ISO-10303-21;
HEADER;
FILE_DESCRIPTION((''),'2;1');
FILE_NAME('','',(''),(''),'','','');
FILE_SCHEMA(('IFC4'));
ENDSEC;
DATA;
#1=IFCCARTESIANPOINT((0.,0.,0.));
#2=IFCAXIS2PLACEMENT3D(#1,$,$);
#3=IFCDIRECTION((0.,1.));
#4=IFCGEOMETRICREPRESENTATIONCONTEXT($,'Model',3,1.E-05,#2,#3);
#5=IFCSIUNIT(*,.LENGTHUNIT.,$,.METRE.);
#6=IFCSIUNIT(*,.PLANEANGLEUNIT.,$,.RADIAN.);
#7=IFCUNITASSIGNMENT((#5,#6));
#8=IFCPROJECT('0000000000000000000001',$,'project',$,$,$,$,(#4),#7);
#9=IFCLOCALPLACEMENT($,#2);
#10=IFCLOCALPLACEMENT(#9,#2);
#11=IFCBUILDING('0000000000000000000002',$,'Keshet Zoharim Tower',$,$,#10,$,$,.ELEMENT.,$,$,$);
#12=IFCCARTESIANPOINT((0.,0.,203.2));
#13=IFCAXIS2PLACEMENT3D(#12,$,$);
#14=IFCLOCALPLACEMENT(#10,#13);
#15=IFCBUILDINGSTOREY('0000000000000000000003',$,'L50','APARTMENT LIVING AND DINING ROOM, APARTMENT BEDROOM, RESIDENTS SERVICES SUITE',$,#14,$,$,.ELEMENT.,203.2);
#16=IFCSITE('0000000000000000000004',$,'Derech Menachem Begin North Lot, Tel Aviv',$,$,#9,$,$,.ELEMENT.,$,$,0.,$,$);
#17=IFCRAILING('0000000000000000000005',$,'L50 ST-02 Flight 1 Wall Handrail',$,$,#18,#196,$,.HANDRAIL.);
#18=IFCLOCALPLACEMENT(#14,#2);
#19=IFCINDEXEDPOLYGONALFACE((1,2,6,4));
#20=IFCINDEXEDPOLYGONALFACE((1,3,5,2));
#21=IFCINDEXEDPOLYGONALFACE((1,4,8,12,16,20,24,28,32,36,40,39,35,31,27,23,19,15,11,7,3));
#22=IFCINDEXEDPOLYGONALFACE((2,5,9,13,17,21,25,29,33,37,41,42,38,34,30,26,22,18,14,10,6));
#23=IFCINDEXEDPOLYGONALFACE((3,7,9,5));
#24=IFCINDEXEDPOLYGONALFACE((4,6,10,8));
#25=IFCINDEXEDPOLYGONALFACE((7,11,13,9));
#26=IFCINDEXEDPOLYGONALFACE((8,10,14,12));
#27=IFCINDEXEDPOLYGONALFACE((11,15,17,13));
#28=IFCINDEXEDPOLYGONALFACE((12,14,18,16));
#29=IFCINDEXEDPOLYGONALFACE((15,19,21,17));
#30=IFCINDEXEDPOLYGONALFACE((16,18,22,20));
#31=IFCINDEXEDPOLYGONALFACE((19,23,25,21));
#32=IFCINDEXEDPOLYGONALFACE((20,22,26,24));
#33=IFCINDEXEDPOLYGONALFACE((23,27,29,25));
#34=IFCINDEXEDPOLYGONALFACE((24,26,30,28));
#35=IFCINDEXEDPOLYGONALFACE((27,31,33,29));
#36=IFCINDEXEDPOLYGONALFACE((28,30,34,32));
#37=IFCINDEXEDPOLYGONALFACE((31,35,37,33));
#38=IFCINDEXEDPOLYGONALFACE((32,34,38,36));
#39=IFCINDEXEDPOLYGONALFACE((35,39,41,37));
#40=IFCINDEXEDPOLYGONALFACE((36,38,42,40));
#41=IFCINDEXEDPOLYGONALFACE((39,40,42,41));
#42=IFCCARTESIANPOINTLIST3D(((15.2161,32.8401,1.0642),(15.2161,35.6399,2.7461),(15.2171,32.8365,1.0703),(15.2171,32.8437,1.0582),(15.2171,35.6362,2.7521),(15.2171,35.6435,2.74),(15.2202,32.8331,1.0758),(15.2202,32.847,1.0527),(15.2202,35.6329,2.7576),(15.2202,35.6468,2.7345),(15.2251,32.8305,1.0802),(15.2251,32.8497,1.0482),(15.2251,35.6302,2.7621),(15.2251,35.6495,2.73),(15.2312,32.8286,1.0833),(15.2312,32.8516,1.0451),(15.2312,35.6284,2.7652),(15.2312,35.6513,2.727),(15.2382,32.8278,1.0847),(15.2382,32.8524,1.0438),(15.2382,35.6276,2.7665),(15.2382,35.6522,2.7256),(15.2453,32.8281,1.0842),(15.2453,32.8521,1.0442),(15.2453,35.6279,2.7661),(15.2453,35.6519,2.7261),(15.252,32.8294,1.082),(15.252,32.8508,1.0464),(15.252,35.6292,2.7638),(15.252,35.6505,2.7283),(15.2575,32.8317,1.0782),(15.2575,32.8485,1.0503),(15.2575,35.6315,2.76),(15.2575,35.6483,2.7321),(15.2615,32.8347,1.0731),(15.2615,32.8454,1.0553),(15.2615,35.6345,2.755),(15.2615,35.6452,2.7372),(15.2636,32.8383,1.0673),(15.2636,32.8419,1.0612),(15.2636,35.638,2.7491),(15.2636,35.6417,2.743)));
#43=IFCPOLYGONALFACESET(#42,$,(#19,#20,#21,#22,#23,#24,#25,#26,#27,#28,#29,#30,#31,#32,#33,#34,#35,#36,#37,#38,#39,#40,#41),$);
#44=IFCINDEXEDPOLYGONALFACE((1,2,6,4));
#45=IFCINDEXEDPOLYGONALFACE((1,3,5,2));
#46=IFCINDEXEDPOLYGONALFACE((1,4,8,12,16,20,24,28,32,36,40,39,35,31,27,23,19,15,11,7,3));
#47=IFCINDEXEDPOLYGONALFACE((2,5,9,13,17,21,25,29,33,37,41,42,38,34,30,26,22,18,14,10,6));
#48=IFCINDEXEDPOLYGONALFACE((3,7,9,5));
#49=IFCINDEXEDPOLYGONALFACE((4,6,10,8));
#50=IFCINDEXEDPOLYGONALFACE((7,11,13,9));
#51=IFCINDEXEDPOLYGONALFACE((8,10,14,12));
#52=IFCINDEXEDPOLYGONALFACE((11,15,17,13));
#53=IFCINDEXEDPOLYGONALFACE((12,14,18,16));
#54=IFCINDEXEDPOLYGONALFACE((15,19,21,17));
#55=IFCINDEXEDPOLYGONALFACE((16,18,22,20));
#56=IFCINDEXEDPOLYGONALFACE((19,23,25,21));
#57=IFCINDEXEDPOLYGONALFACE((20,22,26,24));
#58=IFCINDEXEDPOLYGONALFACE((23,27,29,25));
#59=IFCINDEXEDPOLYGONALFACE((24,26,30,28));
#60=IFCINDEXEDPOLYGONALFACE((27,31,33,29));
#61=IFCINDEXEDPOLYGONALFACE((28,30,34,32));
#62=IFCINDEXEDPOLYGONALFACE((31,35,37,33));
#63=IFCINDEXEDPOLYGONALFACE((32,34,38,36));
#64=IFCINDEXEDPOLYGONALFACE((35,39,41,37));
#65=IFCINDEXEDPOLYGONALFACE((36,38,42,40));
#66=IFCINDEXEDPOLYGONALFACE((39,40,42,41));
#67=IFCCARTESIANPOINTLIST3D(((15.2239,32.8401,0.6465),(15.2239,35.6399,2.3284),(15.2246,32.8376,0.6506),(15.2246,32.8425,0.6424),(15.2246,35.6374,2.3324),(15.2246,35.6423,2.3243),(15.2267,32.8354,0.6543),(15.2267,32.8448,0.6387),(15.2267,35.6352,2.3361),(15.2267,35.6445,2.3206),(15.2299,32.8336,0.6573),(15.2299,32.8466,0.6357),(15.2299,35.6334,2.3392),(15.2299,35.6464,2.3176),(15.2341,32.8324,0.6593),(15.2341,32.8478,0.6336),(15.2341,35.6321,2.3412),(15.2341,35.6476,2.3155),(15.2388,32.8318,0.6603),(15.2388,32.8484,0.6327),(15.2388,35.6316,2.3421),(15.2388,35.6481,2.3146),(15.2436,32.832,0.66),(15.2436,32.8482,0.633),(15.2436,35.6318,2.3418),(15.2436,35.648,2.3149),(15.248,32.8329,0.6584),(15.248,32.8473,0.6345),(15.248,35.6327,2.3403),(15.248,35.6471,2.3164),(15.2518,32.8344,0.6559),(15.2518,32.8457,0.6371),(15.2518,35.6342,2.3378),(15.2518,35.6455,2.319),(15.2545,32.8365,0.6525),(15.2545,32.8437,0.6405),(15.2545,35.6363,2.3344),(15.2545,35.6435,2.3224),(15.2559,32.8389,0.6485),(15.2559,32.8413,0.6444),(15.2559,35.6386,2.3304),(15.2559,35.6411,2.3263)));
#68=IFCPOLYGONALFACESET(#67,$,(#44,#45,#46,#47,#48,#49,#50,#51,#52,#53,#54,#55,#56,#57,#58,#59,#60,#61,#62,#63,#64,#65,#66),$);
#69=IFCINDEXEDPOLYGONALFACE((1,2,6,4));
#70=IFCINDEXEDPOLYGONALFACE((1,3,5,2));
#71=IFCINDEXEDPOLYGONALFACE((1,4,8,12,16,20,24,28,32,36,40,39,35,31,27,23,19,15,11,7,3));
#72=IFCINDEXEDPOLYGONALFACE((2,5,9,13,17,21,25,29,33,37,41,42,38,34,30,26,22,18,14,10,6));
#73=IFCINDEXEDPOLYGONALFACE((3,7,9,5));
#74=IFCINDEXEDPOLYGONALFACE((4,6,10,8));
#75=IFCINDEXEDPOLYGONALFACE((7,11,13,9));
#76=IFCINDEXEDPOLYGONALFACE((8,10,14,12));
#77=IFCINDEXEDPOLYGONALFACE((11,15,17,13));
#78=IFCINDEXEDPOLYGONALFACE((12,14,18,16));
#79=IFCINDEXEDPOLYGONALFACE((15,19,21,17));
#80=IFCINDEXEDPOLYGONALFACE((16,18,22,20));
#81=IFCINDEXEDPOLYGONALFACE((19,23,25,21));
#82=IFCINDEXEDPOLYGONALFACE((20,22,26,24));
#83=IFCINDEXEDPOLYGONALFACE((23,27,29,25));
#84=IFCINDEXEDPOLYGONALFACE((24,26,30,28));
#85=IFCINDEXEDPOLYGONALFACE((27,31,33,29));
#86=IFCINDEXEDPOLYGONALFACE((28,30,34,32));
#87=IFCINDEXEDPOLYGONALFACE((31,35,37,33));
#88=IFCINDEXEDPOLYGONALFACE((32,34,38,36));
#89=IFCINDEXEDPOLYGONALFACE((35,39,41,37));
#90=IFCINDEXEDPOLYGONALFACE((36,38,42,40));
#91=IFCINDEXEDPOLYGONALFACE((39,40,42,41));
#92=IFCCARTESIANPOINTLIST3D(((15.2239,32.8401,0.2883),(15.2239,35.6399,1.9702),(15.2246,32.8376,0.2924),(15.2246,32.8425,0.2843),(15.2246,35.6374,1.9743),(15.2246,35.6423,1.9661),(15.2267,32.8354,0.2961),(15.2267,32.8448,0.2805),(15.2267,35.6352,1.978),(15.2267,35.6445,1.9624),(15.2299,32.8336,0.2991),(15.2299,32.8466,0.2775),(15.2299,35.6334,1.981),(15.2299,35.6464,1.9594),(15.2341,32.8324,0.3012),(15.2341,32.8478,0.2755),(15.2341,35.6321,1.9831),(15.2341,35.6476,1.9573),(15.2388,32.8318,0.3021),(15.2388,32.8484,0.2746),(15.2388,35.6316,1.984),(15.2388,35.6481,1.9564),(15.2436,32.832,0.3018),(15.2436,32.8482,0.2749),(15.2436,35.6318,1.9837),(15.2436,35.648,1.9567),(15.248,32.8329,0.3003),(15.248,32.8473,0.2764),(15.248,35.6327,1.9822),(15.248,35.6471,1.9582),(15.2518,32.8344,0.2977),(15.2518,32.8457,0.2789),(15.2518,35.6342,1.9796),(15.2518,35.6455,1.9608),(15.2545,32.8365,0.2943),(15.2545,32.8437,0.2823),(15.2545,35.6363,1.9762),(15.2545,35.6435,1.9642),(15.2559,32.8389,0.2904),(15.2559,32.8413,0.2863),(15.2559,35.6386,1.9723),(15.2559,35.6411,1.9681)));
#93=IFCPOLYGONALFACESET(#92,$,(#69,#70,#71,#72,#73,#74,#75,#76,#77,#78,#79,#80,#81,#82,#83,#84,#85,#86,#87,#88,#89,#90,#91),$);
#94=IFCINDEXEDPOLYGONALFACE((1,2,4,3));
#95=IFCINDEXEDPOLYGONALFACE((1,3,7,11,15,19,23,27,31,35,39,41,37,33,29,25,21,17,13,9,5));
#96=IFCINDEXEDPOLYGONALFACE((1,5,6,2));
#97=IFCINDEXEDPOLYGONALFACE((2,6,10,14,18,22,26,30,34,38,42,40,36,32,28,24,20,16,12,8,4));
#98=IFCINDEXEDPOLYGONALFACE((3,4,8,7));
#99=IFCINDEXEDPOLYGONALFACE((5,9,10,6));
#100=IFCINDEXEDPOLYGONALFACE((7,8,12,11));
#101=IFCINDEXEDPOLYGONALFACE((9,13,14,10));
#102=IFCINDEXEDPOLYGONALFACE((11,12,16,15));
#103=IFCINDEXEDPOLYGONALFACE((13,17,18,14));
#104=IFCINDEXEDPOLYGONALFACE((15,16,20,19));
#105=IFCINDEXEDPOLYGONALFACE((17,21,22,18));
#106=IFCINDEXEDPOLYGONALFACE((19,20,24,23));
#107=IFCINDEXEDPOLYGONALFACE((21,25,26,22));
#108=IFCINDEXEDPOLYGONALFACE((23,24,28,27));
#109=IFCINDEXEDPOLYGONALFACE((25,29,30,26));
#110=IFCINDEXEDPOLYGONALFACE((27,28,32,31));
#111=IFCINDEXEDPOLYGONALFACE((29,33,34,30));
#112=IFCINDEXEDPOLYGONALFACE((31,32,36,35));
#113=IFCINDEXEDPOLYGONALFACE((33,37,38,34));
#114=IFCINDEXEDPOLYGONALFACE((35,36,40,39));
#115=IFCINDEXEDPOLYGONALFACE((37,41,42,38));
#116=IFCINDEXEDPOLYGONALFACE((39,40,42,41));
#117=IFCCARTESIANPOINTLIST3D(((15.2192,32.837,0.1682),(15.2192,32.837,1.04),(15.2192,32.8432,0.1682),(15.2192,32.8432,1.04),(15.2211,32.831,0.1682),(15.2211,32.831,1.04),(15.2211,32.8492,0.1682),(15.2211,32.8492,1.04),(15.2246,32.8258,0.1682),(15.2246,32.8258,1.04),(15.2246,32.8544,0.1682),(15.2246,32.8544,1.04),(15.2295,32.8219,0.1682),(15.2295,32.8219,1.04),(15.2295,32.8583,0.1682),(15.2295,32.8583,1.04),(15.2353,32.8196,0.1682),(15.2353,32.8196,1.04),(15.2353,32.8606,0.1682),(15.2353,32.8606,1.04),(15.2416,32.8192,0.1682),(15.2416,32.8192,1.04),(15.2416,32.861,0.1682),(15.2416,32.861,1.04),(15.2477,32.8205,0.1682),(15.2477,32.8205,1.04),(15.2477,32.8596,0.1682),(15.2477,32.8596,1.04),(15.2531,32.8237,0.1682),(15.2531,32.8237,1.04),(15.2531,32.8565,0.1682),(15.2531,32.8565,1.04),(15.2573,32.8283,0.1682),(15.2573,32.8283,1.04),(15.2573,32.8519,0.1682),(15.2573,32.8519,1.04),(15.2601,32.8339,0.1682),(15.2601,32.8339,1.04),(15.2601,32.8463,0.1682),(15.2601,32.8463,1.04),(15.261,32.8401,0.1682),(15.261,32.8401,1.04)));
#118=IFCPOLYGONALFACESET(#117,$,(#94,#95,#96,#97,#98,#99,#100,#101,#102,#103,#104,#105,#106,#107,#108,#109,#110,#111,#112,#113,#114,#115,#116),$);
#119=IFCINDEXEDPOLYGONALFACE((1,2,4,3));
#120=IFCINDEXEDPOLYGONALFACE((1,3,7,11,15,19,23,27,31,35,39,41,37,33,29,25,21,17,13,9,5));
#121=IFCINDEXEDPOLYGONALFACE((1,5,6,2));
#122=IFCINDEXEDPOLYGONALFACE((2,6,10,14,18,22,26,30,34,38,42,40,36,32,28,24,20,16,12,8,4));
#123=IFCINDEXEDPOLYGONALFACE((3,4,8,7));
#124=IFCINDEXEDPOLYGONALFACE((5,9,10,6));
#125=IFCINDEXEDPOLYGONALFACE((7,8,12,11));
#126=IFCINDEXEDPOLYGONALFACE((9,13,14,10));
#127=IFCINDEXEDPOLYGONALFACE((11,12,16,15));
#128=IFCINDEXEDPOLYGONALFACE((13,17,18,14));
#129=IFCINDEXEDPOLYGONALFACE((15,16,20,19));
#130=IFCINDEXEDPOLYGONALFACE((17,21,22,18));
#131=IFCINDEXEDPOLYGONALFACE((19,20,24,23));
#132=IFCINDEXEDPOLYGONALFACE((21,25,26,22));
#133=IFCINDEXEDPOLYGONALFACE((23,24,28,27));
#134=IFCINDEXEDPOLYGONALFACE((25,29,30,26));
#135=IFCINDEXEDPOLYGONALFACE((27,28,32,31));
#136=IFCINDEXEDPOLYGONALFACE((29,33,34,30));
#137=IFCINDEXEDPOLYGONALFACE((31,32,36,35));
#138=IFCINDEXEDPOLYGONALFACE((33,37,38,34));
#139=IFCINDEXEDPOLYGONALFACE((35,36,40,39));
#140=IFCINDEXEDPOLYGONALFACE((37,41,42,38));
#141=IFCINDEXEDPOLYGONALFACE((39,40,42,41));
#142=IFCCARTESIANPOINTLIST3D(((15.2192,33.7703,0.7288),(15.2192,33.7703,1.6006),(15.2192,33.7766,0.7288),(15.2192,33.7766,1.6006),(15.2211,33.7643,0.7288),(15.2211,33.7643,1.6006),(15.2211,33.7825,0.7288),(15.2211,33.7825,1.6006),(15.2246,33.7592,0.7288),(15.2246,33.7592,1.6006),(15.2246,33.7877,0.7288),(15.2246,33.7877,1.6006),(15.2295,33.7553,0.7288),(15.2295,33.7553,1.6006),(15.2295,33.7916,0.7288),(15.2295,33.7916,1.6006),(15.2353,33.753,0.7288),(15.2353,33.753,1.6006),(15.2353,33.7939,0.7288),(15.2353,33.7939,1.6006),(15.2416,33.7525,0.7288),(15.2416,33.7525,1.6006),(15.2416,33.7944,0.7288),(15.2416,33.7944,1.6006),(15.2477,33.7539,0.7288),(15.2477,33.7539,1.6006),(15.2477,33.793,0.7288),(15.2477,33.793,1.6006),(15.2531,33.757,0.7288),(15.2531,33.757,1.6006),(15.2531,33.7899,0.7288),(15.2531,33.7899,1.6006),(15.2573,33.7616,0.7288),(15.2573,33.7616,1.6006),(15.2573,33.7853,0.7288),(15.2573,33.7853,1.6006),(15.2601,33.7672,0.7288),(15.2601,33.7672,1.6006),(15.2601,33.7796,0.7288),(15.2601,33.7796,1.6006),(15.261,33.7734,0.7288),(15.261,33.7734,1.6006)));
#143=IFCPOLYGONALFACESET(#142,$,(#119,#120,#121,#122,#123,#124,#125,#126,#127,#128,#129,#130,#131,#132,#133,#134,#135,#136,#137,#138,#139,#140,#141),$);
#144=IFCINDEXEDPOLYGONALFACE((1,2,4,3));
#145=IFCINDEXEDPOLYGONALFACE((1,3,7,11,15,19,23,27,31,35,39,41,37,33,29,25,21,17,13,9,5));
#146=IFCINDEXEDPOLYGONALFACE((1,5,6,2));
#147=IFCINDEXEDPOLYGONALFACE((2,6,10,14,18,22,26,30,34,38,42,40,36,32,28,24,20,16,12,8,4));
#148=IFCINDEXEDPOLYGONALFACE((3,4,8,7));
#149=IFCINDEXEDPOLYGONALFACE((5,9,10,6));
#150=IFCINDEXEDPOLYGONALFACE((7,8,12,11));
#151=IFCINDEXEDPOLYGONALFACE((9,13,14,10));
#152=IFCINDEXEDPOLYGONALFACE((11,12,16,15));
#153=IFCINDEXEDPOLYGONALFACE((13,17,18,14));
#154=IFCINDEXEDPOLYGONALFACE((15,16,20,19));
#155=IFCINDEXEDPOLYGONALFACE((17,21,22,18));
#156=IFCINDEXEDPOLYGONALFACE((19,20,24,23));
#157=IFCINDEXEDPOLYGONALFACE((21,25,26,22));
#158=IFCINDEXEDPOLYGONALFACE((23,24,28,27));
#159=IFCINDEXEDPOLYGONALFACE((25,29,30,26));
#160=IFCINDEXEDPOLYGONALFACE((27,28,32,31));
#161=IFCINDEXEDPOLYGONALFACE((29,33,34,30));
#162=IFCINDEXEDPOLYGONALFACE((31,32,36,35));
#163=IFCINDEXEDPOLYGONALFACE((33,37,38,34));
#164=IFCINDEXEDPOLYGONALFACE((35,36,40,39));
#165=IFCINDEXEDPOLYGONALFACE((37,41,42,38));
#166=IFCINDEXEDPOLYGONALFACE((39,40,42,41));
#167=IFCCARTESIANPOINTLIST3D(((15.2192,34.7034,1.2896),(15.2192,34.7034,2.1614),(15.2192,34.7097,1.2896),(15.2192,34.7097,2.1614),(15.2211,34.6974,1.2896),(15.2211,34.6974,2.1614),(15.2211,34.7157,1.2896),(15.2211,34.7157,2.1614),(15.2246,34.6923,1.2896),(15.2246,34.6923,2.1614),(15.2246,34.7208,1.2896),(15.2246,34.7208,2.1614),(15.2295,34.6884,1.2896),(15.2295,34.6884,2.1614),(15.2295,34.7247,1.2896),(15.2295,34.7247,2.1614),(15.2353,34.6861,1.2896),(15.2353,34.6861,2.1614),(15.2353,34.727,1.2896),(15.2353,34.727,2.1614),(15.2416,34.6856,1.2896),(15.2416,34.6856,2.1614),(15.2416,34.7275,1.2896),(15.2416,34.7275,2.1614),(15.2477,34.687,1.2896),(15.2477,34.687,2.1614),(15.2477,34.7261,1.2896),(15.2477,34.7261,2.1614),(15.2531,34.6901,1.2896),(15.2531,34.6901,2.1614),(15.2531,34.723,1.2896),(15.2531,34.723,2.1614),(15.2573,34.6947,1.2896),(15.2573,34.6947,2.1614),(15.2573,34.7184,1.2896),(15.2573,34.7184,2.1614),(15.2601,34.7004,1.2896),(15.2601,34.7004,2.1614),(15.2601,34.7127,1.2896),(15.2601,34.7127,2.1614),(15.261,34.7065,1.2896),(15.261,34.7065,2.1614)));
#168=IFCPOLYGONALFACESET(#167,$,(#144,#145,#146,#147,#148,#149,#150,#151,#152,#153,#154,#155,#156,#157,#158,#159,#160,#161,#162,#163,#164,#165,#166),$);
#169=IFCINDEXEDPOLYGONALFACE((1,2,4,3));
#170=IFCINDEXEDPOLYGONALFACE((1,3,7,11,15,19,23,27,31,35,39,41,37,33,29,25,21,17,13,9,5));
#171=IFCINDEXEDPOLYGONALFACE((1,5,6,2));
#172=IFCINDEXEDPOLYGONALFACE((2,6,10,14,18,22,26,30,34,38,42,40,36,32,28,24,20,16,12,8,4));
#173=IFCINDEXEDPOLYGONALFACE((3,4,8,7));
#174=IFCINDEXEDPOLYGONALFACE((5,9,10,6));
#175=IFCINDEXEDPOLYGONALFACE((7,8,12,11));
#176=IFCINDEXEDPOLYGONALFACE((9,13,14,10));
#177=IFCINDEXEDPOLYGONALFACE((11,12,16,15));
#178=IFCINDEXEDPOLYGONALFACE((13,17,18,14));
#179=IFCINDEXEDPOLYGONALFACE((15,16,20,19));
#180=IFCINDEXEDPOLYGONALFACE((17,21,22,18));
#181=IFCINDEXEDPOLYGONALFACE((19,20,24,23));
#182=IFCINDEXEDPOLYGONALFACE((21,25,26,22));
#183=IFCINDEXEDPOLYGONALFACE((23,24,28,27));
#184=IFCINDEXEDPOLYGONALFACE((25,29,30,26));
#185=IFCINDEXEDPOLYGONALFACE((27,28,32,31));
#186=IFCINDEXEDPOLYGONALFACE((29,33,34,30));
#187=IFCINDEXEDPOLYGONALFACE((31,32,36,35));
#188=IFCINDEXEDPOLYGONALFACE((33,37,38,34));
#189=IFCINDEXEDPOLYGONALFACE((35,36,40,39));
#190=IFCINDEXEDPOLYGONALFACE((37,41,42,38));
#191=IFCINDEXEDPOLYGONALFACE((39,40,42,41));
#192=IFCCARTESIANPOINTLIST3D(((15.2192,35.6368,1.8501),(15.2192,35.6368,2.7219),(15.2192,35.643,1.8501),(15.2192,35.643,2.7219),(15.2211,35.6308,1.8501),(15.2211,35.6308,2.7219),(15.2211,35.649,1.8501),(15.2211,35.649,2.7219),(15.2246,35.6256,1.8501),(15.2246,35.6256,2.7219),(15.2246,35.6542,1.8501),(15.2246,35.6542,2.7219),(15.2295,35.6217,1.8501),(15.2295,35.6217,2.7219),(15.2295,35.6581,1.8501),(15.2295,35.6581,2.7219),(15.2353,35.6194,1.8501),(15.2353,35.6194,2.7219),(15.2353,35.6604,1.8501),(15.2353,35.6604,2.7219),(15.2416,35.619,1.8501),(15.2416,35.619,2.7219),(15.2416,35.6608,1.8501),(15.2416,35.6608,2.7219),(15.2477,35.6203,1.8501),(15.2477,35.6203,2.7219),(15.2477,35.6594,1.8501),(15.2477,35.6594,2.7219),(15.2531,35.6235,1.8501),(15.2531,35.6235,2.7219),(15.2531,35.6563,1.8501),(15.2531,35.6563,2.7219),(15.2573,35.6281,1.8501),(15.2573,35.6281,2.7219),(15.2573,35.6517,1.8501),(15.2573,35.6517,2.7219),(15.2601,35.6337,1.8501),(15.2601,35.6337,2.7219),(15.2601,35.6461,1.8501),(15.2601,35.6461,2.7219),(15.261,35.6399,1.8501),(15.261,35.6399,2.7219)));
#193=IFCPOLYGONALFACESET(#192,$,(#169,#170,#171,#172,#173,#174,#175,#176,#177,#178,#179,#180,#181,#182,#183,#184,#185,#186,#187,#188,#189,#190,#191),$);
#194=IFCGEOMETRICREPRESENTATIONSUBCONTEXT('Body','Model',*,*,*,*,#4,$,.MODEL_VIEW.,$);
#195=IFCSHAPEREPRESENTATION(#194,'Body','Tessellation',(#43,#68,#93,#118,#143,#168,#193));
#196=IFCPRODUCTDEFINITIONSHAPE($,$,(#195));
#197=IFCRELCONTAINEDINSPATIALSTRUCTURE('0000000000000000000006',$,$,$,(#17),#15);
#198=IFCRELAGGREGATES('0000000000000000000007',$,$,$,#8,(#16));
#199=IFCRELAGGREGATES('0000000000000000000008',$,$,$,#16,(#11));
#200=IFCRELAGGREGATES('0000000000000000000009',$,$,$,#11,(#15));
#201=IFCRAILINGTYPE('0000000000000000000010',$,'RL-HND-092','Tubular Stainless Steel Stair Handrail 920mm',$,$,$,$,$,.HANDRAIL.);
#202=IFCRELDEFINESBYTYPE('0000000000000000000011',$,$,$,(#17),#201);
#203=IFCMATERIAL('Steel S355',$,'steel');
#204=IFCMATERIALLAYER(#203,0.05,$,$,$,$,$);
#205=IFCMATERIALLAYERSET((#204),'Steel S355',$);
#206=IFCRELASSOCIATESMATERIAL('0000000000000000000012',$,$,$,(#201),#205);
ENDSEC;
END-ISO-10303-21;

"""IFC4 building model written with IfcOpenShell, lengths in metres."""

from ifc_helpers import new_model, si_unit, direction, frame, origin, origin_2d, place, context, subcontext, project, spatial, circle, extrude, material, layer, layer_set, type_object, element, save


model = new_model("IFC4")

# Units and contexts
model_context = context("Model", 3, precision=1e-05, world=origin(), true_north=direction((0.0, 1.0)))
body_context = subcontext(model_context, "Body", "Model", "MODEL_VIEW")
ifc_project = project(units=[si_unit("LENGTHUNIT", "METRE"), si_unit("PLANEANGLEUNIT", "RADIAN")], contexts=[model_context])

# Site, building, storey
site_placement = place(None, origin())
site = spatial("IfcSite", under=ifc_project, at=site_placement, Name="Derech Menachem Begin North Lot, Tel Aviv", CompositionType="ELEMENT", RefElevation=0.0)
building_placement = place(site_placement, origin())
building = spatial("IfcBuilding", under=site, at=building_placement, Name="Keshet Zoharim Tower", CompositionType="ELEMENT")
storey_placement = place(building_placement, frame((0.0, 0.0, 203.2)))
storey = spatial("IfcBuildingStorey", under=building, at=storey_placement, Name="L50", Description="APARTMENT LIVING AND DINING ROOM, APARTMENT BEDROOM, RESIDENTS SERVICES SUITE", CompositionType="ELEMENT", Elevation=203.2)

# Shared definitions
ifc_material_1 = material(Name="Steel S355", Category="steel")

# Railing
ifc_layer_1 = layer(ifc_material_1, 0.05)
ifc_layer_set_1 = layer_set([ifc_layer_1], Name="Steel S355")
railing_type = type_object("IfcRailingType", Name="RL-HND-092", Description="Tubular Stainless Steel Stair Handrail 920mm", PredefinedType="HANDRAIL", material=ifc_layer_set_1)
railing_placement = place(storey_placement, frame((15.24, 32.8401, 0.1682)))
element("IfcRailing", 1, at=railing_placement, inside=storey, type_object=railing_type, Name="L50 ST-02 Flight 1 Wall Handrail", PredefinedType="HANDRAIL", context=body_context, shape_type="SweptSolid", body=[
    extrude(circle(Radius=0.0239, at=origin_2d()), frame((0.0, 0.0, 0.896), z_axis=(0.0, 0.857222, 0.514946), x_axis=(-1.0, 0.0, 0.0)), (0.0, 0.0, 1.0), 3.2661),
    extrude(circle(Radius=0.0161, at=origin_2d()), frame((0.0, 0.0, 0.4783), z_axis=(0.0, 0.857222, 0.514946), x_axis=(-1.0, 0.0, 0.0)), (0.0, 0.0, 1.0), 3.2661),
    extrude(circle(Radius=0.0161, at=origin_2d()), frame((0.0, 0.0, 0.1201), z_axis=(0.0, 0.857222, 0.514946), x_axis=(-1.0, 0.0, 0.0)), (0.0, 0.0, 1.0), 3.2661),
    extrude(circle(Radius=0.021, at=origin_2d()), origin(), (0.0, 0.0, 1.0), 0.8718),
    extrude(circle(Radius=0.021, at=origin_2d()), frame((0.0, 0.9333, 0.5605)), (0.0, 0.0, 1.0), 0.8718),
    extrude(circle(Radius=0.021, at=origin_2d()), frame((0.0, 1.8665, 1.1213)), (0.0, 0.0, 1.0), 0.8718),
    extrude(circle(Radius=0.021, at=origin_2d()), frame((0.0, 2.7998, 1.6819)), (0.0, 0.0, 1.0), 0.8718),
])

save(model, "model.ifc")
